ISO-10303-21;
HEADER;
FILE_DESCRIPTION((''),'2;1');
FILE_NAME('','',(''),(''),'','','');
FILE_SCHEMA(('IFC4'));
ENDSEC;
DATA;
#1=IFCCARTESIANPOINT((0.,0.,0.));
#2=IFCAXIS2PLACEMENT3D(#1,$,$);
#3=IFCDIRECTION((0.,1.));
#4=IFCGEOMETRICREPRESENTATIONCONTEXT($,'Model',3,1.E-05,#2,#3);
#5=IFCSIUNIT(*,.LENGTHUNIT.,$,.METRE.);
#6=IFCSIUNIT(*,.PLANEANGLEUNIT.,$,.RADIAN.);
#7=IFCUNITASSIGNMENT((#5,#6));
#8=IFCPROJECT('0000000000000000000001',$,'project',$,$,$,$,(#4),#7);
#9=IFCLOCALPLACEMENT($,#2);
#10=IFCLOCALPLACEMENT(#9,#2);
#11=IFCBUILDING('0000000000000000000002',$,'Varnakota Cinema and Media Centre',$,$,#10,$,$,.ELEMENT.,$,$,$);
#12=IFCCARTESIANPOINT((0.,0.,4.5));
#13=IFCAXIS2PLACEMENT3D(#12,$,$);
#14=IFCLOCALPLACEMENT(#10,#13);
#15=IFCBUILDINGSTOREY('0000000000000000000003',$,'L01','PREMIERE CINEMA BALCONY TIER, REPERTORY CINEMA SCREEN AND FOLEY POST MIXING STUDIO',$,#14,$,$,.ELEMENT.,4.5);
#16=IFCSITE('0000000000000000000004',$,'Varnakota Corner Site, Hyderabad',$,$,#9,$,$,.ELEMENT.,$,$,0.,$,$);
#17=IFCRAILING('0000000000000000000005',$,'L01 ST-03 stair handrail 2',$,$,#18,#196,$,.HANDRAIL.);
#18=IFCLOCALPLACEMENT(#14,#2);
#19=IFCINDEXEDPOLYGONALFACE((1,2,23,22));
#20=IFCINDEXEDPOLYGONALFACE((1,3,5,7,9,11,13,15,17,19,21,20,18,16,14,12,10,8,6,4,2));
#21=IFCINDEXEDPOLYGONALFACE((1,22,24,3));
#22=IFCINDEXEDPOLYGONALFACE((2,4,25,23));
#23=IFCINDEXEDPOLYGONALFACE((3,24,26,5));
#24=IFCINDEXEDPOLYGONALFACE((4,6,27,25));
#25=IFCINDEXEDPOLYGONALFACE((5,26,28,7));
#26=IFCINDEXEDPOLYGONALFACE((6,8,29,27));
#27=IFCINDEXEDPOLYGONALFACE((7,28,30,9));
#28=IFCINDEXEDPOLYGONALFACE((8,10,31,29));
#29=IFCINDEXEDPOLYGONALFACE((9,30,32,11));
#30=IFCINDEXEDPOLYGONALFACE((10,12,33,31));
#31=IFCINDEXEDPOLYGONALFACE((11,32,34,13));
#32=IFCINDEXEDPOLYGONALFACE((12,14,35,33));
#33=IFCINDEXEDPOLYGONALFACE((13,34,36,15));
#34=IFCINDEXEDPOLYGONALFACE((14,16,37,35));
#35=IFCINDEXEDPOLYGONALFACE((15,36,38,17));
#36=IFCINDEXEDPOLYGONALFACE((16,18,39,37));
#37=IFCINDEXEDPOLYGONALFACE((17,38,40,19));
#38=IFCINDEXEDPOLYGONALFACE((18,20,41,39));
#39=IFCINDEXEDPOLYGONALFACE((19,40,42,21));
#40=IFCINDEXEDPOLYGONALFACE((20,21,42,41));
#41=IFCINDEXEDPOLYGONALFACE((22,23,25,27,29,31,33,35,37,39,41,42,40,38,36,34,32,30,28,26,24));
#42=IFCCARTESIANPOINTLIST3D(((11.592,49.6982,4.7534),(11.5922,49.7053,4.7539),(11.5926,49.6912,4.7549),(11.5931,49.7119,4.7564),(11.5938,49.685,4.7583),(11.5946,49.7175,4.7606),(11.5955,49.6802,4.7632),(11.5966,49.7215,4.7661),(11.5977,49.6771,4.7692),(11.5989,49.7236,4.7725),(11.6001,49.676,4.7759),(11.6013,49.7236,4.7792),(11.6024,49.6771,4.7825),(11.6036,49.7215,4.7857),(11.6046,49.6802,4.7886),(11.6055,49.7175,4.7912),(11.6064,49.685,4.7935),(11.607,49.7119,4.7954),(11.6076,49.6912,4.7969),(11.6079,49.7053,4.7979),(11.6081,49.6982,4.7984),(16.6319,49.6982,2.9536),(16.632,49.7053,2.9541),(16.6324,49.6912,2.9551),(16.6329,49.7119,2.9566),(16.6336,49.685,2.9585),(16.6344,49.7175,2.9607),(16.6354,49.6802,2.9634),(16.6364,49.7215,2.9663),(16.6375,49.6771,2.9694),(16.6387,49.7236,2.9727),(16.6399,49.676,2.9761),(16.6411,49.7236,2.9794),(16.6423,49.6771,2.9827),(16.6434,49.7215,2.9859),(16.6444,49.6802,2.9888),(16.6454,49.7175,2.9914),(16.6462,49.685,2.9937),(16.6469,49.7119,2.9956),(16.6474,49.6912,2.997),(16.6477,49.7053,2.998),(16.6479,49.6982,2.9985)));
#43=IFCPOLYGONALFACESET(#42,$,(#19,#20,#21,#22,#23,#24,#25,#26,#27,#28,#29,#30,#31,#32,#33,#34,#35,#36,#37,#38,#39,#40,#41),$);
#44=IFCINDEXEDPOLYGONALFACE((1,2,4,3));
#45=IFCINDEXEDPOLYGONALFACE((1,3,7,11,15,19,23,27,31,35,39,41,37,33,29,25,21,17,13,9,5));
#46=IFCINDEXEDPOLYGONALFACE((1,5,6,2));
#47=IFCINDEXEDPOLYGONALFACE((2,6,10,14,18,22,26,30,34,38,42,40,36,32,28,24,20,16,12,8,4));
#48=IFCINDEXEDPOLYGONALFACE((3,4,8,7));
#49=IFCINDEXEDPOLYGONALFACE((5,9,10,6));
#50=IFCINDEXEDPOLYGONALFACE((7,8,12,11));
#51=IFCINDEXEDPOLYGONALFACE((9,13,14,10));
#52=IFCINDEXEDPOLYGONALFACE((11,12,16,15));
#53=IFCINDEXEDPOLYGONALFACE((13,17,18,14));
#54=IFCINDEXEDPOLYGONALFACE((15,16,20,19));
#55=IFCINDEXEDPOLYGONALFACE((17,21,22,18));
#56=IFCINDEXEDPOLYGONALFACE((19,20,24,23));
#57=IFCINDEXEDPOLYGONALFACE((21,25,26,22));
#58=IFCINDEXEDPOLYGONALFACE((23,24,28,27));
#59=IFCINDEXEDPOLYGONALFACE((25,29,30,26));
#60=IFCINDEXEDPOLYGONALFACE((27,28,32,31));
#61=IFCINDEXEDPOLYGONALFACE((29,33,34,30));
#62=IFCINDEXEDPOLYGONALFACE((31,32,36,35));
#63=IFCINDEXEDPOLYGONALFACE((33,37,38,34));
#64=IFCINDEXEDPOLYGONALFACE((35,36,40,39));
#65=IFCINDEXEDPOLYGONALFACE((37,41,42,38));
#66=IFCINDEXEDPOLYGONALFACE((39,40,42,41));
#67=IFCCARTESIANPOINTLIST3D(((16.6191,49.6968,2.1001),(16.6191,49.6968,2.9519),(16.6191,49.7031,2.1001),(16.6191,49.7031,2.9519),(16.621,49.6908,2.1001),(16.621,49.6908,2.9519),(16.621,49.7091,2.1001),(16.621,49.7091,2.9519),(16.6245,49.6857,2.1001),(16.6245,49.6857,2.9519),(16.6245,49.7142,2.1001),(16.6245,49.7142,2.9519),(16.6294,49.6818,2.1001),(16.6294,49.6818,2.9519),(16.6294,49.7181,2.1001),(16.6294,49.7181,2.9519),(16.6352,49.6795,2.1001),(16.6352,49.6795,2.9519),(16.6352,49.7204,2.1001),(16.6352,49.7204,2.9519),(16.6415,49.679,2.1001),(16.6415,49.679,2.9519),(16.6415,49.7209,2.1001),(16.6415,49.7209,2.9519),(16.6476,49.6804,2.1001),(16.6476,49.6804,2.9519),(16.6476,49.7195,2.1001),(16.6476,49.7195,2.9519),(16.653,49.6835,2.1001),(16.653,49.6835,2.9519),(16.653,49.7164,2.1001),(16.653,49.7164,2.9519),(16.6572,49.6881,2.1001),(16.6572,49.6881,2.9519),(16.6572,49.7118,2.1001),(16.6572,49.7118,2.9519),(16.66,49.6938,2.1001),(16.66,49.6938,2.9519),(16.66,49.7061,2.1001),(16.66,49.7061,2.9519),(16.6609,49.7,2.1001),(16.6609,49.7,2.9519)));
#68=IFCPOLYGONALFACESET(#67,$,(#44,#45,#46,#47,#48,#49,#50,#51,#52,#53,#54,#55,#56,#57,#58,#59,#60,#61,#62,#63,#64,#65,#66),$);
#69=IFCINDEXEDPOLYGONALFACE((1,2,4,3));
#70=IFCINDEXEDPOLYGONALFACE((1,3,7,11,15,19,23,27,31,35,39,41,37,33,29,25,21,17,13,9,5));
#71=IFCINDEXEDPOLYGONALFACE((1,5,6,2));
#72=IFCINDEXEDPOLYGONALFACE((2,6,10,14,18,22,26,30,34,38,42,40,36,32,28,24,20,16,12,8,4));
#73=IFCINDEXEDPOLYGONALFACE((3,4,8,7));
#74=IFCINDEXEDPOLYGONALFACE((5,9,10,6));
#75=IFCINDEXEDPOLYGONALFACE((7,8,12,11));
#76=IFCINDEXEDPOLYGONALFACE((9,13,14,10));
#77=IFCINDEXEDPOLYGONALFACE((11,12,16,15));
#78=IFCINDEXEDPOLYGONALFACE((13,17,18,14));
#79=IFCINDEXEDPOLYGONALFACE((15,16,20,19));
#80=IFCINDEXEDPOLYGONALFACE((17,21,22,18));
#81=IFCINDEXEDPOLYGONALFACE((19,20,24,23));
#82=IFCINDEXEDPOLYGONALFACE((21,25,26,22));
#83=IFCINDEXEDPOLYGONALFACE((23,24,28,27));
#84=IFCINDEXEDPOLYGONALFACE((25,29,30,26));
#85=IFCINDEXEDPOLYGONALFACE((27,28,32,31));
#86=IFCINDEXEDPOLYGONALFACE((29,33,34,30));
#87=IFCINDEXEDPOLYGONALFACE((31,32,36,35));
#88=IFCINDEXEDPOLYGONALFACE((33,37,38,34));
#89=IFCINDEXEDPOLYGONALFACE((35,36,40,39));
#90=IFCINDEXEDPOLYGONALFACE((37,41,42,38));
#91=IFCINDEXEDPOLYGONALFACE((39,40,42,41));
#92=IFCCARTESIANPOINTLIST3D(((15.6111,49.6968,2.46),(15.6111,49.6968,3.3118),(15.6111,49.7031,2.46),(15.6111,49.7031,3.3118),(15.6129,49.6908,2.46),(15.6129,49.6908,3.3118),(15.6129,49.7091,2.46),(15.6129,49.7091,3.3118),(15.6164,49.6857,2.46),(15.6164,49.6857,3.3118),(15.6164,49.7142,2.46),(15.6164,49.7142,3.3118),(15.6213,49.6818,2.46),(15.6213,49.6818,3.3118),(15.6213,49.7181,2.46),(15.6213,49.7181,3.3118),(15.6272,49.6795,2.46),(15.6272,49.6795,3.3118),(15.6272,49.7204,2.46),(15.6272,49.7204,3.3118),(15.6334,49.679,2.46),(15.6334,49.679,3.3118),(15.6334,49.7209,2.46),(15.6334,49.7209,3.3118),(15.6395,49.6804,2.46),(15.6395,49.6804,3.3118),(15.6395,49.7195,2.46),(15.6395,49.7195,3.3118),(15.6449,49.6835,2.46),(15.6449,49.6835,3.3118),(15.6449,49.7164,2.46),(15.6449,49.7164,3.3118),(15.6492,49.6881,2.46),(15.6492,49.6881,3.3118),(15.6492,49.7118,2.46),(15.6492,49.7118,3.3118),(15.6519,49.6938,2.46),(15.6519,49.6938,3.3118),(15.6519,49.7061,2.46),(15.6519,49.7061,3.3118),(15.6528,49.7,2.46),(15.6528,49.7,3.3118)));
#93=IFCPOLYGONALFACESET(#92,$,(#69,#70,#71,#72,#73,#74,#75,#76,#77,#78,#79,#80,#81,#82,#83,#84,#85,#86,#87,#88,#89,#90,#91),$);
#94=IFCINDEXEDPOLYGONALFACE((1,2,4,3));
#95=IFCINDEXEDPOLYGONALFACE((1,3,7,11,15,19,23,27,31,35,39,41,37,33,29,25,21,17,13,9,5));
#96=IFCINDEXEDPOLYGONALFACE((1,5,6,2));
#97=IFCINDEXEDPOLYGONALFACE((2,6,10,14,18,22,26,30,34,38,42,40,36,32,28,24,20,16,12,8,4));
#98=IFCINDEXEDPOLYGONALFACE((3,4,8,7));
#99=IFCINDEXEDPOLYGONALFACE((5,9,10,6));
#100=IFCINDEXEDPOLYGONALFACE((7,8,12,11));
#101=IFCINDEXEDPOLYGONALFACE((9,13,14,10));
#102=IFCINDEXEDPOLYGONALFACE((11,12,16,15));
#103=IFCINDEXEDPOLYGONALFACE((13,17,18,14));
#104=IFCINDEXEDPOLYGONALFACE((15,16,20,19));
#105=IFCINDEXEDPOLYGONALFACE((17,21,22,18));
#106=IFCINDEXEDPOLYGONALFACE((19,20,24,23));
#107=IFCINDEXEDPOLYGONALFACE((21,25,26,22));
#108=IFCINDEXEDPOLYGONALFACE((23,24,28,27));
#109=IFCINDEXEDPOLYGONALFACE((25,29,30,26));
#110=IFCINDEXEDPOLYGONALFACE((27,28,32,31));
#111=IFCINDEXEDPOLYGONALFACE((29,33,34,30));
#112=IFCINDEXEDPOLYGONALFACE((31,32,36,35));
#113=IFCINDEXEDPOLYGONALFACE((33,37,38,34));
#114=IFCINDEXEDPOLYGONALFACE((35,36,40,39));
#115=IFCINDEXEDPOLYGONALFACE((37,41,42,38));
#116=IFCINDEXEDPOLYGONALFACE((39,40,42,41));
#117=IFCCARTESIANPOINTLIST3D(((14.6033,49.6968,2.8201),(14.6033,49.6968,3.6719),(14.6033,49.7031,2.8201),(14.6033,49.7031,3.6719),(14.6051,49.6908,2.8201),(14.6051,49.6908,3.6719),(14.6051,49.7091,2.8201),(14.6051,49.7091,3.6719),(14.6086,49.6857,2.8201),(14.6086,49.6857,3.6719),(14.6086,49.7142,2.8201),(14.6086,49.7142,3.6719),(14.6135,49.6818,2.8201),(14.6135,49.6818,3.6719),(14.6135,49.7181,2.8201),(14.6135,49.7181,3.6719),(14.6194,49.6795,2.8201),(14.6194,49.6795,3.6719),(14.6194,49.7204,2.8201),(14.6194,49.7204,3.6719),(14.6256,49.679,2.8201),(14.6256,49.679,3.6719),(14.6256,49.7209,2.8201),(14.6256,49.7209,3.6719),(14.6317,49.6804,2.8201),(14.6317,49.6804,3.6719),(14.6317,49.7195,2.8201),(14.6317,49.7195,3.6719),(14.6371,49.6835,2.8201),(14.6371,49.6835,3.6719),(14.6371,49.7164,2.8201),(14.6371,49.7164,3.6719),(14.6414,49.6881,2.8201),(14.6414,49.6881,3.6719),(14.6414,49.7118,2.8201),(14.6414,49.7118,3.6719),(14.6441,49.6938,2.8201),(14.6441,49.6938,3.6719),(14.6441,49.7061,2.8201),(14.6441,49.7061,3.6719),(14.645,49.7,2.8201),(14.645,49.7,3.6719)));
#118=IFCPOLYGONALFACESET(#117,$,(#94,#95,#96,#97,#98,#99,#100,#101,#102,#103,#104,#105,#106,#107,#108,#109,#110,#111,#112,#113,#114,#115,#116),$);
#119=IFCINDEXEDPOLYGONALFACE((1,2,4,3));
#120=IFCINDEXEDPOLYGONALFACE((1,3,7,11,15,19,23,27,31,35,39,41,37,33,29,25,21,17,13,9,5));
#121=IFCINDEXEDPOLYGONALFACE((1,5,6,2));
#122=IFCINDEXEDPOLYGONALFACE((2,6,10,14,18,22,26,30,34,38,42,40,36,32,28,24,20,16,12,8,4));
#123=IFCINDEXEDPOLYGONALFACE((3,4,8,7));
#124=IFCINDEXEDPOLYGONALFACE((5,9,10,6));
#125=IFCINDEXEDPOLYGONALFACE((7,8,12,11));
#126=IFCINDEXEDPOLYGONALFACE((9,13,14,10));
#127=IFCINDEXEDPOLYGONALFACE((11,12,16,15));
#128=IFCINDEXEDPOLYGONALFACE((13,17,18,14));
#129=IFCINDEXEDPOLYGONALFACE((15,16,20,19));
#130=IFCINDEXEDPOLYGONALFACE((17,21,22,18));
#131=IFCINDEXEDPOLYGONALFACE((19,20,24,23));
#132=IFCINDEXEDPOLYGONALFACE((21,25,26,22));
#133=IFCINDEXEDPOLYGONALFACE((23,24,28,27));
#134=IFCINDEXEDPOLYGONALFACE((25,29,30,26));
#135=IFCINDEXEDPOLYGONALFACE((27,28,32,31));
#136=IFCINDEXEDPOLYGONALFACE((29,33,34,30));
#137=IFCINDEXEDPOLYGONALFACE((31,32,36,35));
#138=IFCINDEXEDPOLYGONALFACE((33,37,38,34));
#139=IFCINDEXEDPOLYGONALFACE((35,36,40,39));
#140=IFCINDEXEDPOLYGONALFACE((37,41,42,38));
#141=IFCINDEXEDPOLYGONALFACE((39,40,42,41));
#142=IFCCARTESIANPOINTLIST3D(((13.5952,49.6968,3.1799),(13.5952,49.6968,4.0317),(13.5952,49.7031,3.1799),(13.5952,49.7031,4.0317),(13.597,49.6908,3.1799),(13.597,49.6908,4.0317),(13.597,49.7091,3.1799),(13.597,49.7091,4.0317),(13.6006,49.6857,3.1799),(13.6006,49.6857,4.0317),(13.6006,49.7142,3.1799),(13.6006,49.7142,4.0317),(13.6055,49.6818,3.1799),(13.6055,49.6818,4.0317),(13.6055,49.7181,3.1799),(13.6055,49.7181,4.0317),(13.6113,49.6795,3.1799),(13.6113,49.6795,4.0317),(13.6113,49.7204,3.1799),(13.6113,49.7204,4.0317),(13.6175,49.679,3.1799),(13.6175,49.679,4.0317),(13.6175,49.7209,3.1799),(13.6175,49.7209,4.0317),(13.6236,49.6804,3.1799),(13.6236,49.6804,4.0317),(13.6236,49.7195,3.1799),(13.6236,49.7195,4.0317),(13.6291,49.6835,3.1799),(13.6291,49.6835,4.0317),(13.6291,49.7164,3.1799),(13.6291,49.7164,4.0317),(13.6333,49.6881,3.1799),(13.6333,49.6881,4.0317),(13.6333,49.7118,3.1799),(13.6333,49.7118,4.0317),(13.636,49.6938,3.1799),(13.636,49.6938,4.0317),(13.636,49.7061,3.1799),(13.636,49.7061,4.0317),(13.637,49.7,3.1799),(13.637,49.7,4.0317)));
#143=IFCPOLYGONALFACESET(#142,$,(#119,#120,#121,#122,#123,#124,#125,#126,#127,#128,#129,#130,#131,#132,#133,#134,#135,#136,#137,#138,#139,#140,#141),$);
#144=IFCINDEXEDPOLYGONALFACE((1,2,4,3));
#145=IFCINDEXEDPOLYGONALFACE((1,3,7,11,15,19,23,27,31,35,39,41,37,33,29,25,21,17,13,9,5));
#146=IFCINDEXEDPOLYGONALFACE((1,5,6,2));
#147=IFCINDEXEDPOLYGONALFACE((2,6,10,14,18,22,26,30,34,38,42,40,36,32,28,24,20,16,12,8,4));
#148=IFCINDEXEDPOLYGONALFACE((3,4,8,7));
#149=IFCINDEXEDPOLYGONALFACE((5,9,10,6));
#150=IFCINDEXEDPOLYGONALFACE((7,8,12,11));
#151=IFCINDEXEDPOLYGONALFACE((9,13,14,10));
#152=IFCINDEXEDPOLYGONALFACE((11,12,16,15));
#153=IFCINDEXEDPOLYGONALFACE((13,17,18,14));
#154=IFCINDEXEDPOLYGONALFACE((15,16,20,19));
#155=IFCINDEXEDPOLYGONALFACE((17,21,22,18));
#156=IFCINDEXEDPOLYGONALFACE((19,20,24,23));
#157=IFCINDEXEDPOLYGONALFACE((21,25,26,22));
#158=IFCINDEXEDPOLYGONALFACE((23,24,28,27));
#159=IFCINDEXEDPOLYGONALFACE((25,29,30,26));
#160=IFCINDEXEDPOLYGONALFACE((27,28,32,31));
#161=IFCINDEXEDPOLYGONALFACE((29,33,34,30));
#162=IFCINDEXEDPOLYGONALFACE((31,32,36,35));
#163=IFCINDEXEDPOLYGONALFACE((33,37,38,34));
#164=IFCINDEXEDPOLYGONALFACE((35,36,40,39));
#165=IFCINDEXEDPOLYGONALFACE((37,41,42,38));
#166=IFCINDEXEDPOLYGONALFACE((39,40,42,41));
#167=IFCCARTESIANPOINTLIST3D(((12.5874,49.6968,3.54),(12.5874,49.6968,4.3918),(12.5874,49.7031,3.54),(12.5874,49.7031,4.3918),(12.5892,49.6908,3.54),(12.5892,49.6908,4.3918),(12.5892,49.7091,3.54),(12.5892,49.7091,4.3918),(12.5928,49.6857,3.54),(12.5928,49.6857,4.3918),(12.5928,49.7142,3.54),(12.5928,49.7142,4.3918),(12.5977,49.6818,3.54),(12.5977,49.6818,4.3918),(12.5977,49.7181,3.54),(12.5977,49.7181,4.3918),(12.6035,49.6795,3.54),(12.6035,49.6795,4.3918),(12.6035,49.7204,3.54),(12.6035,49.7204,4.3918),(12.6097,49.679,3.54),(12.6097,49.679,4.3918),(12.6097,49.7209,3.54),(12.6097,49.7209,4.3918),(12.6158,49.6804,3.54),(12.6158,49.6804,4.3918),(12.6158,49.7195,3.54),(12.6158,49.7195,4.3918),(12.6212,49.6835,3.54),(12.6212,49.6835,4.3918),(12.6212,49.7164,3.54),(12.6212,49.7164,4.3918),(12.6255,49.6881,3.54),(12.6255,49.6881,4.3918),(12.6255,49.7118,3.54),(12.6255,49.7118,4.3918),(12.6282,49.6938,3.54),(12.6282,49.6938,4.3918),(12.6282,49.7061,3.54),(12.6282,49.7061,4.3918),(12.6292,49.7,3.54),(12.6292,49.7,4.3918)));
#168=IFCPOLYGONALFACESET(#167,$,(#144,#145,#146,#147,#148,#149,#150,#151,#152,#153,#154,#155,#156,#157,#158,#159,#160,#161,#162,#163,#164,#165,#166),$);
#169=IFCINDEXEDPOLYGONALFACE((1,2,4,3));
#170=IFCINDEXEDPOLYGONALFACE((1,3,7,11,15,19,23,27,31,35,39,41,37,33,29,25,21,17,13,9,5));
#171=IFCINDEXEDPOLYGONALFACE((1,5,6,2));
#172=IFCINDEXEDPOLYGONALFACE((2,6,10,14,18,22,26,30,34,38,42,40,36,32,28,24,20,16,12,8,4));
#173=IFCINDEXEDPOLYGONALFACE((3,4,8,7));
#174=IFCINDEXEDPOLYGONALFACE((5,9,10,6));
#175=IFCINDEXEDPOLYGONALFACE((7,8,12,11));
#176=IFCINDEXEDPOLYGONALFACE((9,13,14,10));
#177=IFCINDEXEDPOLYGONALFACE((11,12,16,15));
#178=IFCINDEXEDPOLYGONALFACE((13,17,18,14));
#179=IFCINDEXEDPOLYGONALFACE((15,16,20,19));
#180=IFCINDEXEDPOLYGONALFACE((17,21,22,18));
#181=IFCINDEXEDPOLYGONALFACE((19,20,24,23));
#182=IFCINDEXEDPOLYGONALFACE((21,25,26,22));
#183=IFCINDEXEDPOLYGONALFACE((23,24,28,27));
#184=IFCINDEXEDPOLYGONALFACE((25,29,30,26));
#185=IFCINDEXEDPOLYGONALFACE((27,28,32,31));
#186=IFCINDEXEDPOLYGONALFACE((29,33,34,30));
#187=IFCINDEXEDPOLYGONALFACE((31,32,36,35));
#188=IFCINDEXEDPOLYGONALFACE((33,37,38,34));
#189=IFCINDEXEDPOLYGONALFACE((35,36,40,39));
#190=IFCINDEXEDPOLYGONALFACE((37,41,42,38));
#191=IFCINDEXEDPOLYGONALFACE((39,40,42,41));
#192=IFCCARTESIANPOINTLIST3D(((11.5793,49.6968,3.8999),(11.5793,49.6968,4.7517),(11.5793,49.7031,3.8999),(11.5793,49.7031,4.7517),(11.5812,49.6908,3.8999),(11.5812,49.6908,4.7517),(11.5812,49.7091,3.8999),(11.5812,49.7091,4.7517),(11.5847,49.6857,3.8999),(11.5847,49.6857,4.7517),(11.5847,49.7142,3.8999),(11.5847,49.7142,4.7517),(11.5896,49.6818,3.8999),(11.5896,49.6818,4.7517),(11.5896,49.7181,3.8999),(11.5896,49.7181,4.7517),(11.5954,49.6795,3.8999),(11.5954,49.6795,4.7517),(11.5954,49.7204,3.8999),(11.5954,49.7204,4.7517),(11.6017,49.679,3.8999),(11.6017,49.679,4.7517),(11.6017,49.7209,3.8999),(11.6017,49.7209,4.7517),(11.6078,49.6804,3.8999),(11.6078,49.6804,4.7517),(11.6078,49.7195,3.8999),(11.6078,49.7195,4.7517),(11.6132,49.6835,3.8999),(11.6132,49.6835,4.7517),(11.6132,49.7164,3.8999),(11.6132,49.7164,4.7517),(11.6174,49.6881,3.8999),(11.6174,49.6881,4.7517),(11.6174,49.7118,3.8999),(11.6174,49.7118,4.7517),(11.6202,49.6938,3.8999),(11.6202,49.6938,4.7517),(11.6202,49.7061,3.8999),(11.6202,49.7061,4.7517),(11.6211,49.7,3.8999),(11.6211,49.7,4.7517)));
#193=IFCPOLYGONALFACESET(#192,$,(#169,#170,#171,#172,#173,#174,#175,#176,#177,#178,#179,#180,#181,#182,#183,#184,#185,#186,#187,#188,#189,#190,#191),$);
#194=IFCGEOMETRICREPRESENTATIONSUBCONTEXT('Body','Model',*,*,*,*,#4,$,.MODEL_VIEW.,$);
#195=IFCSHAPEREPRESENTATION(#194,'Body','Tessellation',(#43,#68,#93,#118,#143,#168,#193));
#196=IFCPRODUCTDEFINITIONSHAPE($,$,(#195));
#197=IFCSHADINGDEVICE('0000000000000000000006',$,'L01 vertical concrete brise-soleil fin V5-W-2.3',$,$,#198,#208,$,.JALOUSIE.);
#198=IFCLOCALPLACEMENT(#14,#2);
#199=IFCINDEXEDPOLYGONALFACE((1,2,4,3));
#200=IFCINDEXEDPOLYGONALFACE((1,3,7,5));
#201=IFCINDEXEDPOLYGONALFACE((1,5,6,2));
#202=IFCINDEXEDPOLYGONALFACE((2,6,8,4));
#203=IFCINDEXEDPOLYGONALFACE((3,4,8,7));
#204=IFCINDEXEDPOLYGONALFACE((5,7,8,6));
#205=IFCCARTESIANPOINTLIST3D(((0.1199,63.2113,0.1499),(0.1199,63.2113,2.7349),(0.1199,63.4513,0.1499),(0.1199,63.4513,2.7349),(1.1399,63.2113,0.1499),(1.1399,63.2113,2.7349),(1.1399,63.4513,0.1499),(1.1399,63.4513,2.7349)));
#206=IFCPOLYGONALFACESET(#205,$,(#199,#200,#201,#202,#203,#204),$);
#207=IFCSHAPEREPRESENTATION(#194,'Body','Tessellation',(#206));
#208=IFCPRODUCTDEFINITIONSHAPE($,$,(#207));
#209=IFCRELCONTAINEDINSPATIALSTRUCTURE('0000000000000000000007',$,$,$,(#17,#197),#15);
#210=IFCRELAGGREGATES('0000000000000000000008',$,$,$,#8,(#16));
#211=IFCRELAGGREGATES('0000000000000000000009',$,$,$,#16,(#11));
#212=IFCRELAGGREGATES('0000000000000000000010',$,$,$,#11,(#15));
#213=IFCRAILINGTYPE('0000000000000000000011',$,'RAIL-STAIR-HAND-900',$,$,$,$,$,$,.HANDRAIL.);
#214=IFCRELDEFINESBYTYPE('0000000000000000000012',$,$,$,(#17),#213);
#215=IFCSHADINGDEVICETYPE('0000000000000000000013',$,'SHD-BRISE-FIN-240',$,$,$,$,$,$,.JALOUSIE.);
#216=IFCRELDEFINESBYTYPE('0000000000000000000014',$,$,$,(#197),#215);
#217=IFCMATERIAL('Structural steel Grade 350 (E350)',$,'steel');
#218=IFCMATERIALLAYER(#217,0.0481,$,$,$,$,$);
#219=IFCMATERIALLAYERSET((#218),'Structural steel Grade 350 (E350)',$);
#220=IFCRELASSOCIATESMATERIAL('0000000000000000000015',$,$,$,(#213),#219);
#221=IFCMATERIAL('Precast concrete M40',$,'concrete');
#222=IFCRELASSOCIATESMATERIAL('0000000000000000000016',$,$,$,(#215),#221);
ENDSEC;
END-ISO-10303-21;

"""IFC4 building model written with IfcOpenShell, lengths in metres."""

from ifc_helpers import new_model, si_unit, direction, frame, origin, origin_2d, place, context, subcontext, project, spatial, rectangle, circle, extrude, material, layer, layer_set, type_object, element, save


model = new_model("IFC4")

# Units and contexts
model_context = context("Model", 3, precision=1e-05, world=origin(), true_north=direction((0.0, 1.0)))
body_context = subcontext(model_context, "Body", "Model", "MODEL_VIEW")
ifc_project = project(units=[si_unit("LENGTHUNIT", "METRE"), si_unit("PLANEANGLEUNIT", "RADIAN")], contexts=[model_context])

# Site, building, storey
site_placement = place(None, origin())
site = spatial("IfcSite", under=ifc_project, at=site_placement, Name="Varnakota Corner Site, Hyderabad", CompositionType="ELEMENT", RefElevation=0.0)
building_placement = place(site_placement, origin())
building = spatial("IfcBuilding", under=site, at=building_placement, Name="Varnakota Cinema and Media Centre", CompositionType="ELEMENT")
storey_placement = place(building_placement, frame((0.0, 0.0, 4.5)))
storey = spatial("IfcBuildingStorey", under=building, at=storey_placement, Name="L01", Description="PREMIERE CINEMA BALCONY TIER, REPERTORY CINEMA SCREEN AND FOLEY POST MIXING STUDIO", CompositionType="ELEMENT", Elevation=4.5)

# Railing
ifc_material_1 = material(Name="Structural steel Grade 350 (E350)", Category="steel")
ifc_layer_1 = layer(ifc_material_1, 0.0481)
ifc_layer_set_1 = layer_set([ifc_layer_1], Name="Structural steel Grade 350 (E350)")
railing_type_1 = type_object("IfcRailingType", Name="RAIL-STAIR-HAND-900", PredefinedType="HANDRAIL", material=ifc_layer_set_1)
railing_1_placement = place(storey_placement, frame((16.6399, 49.7, 2.1001)))
element("IfcRailing", 1, at=railing_1_placement, inside=storey, type_object=railing_type_1, Name="L01 ST-03 stair handrail 2", PredefinedType="HANDRAIL", context=body_context, shape_type="SweptSolid", body=[
    extrude(circle(Radius=0.0239, at=origin_2d()), frame((0.0, 0.0, 0.876), z_axis=(-0.941749, 0.0, 0.336316), x_axis=(0.0, -1.0, 0.0)), (0.0, 0.0, 1.0), 5.3516),
    extrude(circle(Radius=0.021, at=origin_2d()), origin(), (0.0, 0.0, 1.0), 0.8518),
    extrude(circle(Radius=0.021, at=origin_2d()), frame((-1.0081, 0.0, 0.3599)), (0.0, 0.0, 1.0), 0.8518),
    extrude(circle(Radius=0.021, at=origin_2d()), frame((-2.0159, 0.0, 0.72)), (0.0, 0.0, 1.0), 0.8518),
    extrude(circle(Radius=0.021, at=origin_2d()), frame((-3.0239, 0.0, 1.0798)), (0.0, 0.0, 1.0), 0.8518),
    extrude(circle(Radius=0.021, at=origin_2d()), frame((-4.0317, 0.0, 1.4399)), (0.0, 0.0, 1.0), 0.8518),
    extrude(circle(Radius=0.021, at=origin_2d()), frame((-5.0398, 0.0, 1.7998)), (0.0, 0.0, 1.0), 0.8518),
])

# Shading device
ifc_material_2 = material(Name="Precast concrete M40", Category="concrete")
shading_device_type = type_object("IfcShadingDeviceType", Name="SHD-BRISE-FIN-240", PredefinedType="JALOUSIE", material=ifc_material_2)
for number, where, z_axis, x_axis, name in (
    (2, (0.6299, 63.3313, 0.1499), (0.0, 0.0, 1.0), (0.0, -1.0, 0.0), "L01 vertical concrete brise-soleil fin V5-W-2.3"),
):
    element("IfcShadingDevice", number, at=place(storey_placement, frame(where, z_axis=z_axis, x_axis=x_axis)), inside=storey, type_object=shading_device_type, Name=name, PredefinedType="JALOUSIE", context=body_context, shape_type="SweptSolid", body=[
        extrude(rectangle(XDim=0.24, YDim=1.02, at=origin_2d()), origin(), (0.0, 0.0, 1.0), 2.585),
    ])

save(model, "model.ifc")
